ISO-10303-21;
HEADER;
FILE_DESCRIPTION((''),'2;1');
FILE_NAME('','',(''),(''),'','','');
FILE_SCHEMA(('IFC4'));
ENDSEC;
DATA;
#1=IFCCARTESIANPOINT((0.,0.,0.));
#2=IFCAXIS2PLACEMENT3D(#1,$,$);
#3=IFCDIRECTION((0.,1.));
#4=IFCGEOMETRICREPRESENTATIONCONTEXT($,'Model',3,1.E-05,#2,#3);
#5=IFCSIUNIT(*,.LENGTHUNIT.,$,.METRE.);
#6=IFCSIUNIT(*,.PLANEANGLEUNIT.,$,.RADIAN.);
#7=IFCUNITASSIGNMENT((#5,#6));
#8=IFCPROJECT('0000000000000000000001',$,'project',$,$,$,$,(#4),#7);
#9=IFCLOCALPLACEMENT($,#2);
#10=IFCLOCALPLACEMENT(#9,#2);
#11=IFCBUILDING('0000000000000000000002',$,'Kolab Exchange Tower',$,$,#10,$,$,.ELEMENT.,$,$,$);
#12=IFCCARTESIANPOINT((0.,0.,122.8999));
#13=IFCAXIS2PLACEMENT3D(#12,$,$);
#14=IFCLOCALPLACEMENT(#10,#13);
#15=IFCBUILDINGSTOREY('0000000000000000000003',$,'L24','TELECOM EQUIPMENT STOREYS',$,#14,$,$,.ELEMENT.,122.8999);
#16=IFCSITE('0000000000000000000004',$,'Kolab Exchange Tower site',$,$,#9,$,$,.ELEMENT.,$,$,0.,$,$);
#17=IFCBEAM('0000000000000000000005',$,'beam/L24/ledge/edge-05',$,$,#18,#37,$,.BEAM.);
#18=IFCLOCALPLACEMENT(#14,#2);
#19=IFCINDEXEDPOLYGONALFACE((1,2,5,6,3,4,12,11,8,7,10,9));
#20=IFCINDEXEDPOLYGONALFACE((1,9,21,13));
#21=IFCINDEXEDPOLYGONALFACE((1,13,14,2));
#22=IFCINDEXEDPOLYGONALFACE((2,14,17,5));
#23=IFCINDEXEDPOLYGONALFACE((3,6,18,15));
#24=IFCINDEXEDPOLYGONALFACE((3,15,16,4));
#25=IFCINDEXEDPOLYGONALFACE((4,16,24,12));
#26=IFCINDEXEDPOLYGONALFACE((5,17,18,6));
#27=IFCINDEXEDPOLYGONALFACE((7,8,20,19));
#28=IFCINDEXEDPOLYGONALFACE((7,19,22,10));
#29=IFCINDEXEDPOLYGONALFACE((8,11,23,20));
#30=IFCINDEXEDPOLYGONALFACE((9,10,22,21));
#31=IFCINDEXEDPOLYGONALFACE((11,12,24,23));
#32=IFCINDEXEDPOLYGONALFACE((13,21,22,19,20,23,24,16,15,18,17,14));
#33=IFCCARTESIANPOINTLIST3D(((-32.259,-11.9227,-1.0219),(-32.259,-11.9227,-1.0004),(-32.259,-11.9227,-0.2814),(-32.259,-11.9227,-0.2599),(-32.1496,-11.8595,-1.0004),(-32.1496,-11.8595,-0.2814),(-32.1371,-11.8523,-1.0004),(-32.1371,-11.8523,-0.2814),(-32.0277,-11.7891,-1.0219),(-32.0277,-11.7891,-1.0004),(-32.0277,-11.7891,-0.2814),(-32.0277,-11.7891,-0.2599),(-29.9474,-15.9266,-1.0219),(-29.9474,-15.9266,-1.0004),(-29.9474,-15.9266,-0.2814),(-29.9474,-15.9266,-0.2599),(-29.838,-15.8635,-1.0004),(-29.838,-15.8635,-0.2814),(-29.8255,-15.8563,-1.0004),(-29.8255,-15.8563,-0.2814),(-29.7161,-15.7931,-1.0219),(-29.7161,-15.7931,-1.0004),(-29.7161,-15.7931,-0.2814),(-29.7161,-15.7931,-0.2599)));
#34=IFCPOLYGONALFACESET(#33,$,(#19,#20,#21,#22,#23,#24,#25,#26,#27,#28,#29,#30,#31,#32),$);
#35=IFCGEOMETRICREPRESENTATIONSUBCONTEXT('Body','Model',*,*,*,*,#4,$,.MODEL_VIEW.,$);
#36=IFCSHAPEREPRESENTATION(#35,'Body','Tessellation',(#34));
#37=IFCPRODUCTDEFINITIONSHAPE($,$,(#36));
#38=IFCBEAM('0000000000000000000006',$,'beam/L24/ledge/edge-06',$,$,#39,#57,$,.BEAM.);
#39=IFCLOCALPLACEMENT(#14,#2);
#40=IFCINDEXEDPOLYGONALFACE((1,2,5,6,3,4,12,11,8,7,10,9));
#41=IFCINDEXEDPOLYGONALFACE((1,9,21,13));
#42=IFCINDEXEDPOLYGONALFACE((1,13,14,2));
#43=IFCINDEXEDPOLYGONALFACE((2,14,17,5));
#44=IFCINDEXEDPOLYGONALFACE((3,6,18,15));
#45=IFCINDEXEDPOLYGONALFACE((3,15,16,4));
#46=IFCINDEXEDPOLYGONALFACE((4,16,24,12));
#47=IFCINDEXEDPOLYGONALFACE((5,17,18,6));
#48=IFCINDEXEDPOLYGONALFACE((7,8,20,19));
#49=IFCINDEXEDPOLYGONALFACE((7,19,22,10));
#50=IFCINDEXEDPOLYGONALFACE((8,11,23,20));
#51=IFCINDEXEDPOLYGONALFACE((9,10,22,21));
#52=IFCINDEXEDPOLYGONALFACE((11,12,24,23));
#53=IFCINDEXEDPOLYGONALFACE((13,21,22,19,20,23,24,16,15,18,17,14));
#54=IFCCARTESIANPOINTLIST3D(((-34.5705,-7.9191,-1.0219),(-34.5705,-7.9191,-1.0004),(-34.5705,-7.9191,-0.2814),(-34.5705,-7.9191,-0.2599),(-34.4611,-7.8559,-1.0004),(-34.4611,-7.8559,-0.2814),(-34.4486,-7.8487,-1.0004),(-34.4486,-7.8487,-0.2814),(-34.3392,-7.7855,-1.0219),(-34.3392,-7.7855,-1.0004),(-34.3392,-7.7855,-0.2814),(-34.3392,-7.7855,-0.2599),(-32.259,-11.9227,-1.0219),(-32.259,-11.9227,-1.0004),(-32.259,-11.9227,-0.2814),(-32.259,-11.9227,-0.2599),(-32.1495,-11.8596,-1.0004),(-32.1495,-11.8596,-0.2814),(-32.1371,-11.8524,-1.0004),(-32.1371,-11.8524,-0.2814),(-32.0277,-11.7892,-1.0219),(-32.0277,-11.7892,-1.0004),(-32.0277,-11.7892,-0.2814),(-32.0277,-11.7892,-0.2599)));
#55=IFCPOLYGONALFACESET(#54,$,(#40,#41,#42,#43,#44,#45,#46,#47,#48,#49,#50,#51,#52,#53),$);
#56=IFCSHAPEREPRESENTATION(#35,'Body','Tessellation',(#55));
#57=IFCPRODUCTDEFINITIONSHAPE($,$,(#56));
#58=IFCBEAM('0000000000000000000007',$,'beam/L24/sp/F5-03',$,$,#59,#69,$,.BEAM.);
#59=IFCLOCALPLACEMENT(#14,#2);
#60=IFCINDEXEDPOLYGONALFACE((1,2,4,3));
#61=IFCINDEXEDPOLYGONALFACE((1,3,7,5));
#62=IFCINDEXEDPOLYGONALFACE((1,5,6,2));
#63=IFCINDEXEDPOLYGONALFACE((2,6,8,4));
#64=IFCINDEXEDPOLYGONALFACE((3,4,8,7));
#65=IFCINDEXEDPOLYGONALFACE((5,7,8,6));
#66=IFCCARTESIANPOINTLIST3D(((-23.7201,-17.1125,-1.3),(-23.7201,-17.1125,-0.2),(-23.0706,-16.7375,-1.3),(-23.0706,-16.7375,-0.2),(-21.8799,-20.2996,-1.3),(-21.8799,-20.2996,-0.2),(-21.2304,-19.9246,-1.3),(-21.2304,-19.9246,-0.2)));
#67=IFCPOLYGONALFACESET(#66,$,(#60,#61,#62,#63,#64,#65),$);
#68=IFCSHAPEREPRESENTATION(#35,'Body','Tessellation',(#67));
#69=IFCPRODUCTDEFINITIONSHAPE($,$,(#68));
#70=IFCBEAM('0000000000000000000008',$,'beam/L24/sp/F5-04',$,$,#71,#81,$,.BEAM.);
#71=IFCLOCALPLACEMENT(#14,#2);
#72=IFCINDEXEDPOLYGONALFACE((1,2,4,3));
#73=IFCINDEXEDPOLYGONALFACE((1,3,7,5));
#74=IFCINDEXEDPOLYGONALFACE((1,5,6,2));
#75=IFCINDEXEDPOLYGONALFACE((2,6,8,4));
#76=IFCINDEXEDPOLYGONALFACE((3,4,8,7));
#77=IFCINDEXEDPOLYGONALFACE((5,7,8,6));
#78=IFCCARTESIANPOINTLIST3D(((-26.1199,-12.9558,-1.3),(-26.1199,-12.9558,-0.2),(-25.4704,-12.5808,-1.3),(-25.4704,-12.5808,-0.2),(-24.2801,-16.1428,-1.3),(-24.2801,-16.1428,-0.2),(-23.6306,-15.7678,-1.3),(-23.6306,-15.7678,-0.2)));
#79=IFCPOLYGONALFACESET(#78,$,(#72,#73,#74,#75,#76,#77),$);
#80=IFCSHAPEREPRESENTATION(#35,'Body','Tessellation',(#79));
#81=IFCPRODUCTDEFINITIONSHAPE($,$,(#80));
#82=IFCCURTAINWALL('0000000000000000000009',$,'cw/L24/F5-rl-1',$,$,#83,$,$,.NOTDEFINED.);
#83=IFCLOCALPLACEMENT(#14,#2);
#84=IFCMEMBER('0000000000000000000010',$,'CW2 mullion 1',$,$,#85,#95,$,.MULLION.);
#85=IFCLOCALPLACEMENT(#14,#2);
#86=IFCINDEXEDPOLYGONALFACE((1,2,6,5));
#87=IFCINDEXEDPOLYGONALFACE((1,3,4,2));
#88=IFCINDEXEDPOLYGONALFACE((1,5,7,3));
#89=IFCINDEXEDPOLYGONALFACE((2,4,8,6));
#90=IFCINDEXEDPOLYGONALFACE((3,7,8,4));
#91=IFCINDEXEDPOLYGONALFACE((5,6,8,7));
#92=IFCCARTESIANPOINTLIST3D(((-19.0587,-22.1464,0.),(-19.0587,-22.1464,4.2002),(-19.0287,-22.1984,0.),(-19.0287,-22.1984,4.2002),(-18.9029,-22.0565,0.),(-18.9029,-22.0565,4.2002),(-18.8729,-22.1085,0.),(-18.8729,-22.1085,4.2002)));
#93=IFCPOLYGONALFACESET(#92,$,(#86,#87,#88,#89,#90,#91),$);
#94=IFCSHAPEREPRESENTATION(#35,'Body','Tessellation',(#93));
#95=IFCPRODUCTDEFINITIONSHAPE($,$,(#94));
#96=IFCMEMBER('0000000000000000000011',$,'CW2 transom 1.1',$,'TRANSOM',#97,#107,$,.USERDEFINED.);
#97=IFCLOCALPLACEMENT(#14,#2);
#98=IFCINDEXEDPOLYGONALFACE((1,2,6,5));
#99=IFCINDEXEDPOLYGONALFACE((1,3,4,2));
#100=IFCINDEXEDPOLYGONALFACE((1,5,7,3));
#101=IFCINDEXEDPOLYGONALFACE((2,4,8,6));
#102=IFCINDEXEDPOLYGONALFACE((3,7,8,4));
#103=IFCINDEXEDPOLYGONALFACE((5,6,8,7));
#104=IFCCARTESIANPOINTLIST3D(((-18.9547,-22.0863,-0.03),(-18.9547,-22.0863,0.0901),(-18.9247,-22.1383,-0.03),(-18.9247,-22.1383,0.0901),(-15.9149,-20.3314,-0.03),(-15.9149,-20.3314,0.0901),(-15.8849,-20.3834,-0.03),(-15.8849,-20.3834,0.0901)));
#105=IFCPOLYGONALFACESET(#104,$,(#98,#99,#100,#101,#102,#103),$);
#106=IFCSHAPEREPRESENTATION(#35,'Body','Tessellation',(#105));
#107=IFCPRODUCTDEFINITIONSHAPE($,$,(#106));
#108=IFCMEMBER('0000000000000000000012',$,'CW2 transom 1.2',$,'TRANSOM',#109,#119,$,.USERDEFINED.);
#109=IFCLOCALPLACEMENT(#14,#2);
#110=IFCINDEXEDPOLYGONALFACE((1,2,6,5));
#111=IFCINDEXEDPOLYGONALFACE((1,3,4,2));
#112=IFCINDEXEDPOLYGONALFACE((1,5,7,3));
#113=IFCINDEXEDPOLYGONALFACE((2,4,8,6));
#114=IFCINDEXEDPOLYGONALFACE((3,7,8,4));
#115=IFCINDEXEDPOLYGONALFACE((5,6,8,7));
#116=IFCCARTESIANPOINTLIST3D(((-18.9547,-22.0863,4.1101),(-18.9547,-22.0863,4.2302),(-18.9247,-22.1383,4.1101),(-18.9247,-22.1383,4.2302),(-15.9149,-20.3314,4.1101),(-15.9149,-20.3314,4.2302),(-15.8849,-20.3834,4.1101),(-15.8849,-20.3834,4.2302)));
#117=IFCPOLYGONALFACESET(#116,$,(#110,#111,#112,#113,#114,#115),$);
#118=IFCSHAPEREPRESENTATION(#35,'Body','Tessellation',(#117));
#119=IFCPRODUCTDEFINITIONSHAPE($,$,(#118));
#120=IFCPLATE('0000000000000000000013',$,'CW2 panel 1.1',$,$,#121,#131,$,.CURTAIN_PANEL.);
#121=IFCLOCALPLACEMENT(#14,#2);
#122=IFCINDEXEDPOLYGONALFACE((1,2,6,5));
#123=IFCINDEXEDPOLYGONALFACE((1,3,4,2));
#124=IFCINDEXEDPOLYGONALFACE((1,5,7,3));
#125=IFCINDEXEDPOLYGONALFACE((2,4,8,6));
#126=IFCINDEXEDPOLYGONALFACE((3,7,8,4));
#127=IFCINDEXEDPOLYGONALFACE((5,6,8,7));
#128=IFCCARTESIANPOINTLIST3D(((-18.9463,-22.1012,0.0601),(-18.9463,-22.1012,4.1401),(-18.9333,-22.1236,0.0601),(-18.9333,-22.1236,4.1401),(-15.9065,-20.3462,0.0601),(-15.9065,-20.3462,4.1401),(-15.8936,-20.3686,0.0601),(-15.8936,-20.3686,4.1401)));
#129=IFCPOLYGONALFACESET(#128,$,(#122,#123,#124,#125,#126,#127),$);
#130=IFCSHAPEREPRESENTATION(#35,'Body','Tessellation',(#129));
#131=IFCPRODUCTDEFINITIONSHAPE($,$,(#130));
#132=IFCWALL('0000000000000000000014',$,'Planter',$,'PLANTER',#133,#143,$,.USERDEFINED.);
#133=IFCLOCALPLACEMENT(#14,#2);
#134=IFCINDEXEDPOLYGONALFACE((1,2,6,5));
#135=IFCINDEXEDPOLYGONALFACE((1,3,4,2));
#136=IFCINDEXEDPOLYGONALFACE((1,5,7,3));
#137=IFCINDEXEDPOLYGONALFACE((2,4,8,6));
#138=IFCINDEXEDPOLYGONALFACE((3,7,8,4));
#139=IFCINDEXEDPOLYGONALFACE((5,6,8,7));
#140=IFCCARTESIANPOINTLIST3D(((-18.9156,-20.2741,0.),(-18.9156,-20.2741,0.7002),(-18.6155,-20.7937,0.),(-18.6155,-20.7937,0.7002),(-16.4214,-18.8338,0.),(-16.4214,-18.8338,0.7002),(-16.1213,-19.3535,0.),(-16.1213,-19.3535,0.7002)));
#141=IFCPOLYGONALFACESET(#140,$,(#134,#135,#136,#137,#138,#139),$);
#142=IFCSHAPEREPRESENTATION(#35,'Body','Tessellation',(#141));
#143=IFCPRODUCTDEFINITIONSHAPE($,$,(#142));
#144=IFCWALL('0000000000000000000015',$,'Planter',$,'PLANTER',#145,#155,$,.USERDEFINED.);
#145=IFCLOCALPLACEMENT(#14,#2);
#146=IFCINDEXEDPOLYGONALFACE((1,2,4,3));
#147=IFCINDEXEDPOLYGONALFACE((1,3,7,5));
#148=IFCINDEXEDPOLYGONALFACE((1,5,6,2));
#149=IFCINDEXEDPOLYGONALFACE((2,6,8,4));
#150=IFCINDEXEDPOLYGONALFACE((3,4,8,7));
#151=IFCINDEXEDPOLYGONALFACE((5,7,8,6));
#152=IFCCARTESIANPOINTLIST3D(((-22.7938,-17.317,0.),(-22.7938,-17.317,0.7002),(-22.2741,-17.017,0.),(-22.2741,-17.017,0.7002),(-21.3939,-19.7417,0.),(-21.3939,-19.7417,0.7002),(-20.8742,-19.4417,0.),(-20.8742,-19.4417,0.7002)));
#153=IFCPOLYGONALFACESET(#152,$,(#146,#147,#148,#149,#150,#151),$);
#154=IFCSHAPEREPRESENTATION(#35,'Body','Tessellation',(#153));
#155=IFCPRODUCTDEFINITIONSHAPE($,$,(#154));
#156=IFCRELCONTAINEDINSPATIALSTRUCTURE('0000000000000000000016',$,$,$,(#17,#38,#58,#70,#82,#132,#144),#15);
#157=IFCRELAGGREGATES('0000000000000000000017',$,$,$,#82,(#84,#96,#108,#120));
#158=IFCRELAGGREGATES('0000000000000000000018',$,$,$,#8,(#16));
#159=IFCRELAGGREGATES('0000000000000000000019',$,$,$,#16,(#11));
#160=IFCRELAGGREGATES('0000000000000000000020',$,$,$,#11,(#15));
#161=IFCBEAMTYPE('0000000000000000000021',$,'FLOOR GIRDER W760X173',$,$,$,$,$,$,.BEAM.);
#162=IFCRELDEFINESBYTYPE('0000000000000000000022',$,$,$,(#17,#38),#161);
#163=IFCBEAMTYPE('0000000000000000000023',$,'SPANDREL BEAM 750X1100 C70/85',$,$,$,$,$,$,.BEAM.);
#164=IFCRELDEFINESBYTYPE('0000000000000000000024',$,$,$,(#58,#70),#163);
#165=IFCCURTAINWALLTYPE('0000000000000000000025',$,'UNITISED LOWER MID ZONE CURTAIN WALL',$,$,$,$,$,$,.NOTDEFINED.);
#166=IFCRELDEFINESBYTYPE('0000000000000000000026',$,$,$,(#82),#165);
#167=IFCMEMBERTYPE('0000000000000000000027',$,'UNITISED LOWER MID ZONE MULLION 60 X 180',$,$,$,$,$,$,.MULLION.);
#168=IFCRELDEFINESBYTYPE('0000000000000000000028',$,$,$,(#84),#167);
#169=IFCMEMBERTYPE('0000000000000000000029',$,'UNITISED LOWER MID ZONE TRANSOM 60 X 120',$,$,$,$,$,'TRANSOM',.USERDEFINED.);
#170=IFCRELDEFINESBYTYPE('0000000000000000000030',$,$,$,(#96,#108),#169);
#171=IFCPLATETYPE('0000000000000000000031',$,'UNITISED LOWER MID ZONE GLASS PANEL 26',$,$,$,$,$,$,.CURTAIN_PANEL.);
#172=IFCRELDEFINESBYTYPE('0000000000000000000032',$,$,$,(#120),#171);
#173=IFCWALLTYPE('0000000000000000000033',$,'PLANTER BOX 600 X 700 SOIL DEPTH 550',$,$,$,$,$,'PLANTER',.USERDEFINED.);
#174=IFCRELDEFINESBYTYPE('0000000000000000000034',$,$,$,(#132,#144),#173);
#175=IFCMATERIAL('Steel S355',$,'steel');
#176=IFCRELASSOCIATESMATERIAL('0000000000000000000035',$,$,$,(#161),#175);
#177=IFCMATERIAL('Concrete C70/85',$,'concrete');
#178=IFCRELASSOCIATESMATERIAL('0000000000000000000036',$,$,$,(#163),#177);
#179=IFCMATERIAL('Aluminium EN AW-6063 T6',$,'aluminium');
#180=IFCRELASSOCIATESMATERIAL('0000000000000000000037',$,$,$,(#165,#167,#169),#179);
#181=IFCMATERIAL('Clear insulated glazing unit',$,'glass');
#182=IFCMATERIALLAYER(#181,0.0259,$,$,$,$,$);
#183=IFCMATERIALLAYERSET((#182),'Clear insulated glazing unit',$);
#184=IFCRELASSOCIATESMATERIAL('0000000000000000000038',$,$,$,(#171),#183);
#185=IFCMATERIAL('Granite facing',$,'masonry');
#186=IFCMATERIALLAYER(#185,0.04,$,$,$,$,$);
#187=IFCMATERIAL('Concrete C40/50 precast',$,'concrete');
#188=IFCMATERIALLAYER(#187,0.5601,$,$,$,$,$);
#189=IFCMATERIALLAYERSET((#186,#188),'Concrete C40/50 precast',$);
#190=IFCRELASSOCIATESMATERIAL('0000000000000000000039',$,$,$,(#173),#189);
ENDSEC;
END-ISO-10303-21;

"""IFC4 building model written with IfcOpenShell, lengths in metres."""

from ifc_helpers import new_model, si_unit, direction, frame, frame_2d, origin, origin_2d, place, context, subcontext, project, spatial, rectangle, i_section, extrude, material, layer, layer_set, material_profile, profile_set, type_object, element, aggregate, save


model = new_model("IFC4")

# Units and contexts
model_context = context("Model", 3, precision=1e-05, world=origin(), true_north=direction((0.0, 1.0)))
body_context = subcontext(model_context, "Body", "Model", "MODEL_VIEW")
ifc_project = project(units=[si_unit("LENGTHUNIT", "METRE"), si_unit("PLANEANGLEUNIT", "RADIAN")], contexts=[model_context])

# Site, building, storey
site_placement = place(None, origin())
site = spatial("IfcSite", under=ifc_project, at=site_placement, Name="Kolab Exchange Tower site", CompositionType="ELEMENT", RefElevation=0.0)
building_placement = place(site_placement, origin())
building = spatial("IfcBuilding", under=site, at=building_placement, Name="Kolab Exchange Tower", CompositionType="ELEMENT")
storey_placement = place(building_placement, frame((0.0, 0.0, 122.8999)))
storey = spatial("IfcBuildingStorey", under=building, at=storey_placement, Name="L24", Description="TELECOM EQUIPMENT STOREYS", CompositionType="ELEMENT", Elevation=122.8999)

# Shared definitions
ifc_material_1 = material(Name="Concrete C70/85", Category="concrete")

# Beams
ifc_material_2 = material(Name="Steel S355", Category="steel")
ifc_material_profile_1 = material_profile(ifc_material_2, i_section(OverallWidth=0.2671, OverallDepth=0.762, WebThickness=0.0144, FlangeThickness=0.0215, at=origin_2d()), Name="W760X173")
ifc_profile_set_1 = profile_set([ifc_material_profile_1], Name="Steel S355")
beam_type_1 = type_object("IfcBeamType", Name="FLOOR GIRDER W760X173", PredefinedType="BEAM", material=ifc_profile_set_1)
beam_1_placement = place(storey_placement, frame((-29.8318, -15.8599, -0.6409), z_axis=(-0.499978, 0.866038, 0.0), x_axis=(-0.866038, -0.499978, 0.0)))
element("IfcBeam", 1, at=beam_1_placement, inside=storey, type_object=beam_type_1, Name="beam/L24/ledge/edge-05", PredefinedType="BEAM", context=body_context, shape_type="SweptSolid", body=[
    extrude(i_section(OverallWidth=0.2671, OverallDepth=0.762, WebThickness=0.0144, FlangeThickness=0.0215, at=origin_2d()), origin(), (0.0, 0.0, 1.0), 4.6233),
])
beam_2_placement = place(storey_placement, frame((-32.1433, -11.856, -0.6409), z_axis=(-0.500001, 0.866025, 0.0), x_axis=(-0.866025, -0.500001, 0.0)))
element("IfcBeam", 2, at=beam_2_placement, inside=storey, type_object=beam_type_1, Name="beam/L24/ledge/edge-06", PredefinedType="BEAM", context=body_context, shape_type="SweptSolid", body=[
    extrude(i_section(OverallWidth=0.2671, OverallDepth=0.762, WebThickness=0.0144, FlangeThickness=0.0215, at=origin_2d()), origin(), (0.0, 0.0, 1.0), 4.623),
])
ifc_material_profile_2 = material_profile(ifc_material_1, rectangle(XDim=0.75, YDim=1.1001, at=origin_2d()), Name="RC750X1100")
ifc_profile_set_2 = profile_set([ifc_material_profile_2], Name="Concrete C70/85")
beam_type_2 = type_object("IfcBeamType", Name="SPANDREL BEAM 750X1100 C70/85", PredefinedType="BEAM", material=ifc_profile_set_2)
beam_3_placement = place(storey_placement, frame((-21.5552, -20.1121, -0.75), z_axis=(-0.500013, 0.866018, 0.0), x_axis=(-0.866018, -0.500013, 0.0)))
element("IfcBeam", 3, at=beam_3_placement, inside=storey, type_object=beam_type_2, Name="beam/L24/sp/F5-03", PredefinedType="BEAM", context=body_context, shape_type="SweptSolid", body=[
    extrude(rectangle(XDim=0.75, YDim=1.1001, at=origin_2d()), origin(), (0.0, 0.0, 1.0), 3.6802),
])
beam_4_placement = place(storey_placement, frame((-23.9553, -15.9553, -0.75), z_axis=(-0.499964, 0.866046, 0.0), x_axis=(-0.866046, -0.499964, 0.0)))
element("IfcBeam", 4, at=beam_4_placement, inside=storey, type_object=beam_type_2, Name="beam/L24/sp/F5-04", PredefinedType="BEAM", context=body_context, shape_type="SweptSolid", body=[
    extrude(rectangle(XDim=0.75, YDim=1.1001, at=origin_2d()), origin(), (0.0, 0.0, 1.0), 3.6799),
])

# Curtain wall, members, plate
ifc_material_3 = material(Name="Aluminium EN AW-6063 T6", Category="aluminium")
curtain_wall_type = type_object("IfcCurtainWallType", Name="UNITISED LOWER MID ZONE CURTAIN WALL", PredefinedType="NOTDEFINED", material=ifc_material_3)
curtain_wall_placement = place(storey_placement, origin())
curtain_wall = element("IfcCurtainWall", 5, at=curtain_wall_placement, inside=storey, type_object=curtain_wall_type, Name="cw/L24/F5-rl-1", PredefinedType="NOTDEFINED")
ifc_material_profile_3 = material_profile(ifc_material_3, rectangle(XDim=0.0601, YDim=0.1799, at=origin_2d()), Name="RECT 60X180")
ifc_profile_set_3 = profile_set([ifc_material_profile_3], Name="Aluminium EN AW-6063 T6")
member_type_1 = type_object("IfcMemberType", Name="UNITISED LOWER MID ZONE MULLION 60 X 180", PredefinedType="MULLION", material=ifc_profile_set_3)
member_1_placement = place(storey_placement, frame((-18.9658, -22.1274, 0.0), z_axis=(0.0, 0.0, 1.0), x_axis=(-0.5, 0.866025, 0.0)))
member_1 = element("IfcMember", 6, at=member_1_placement, type_object=member_type_1, Name="CW2 mullion 1", PredefinedType="MULLION", context=body_context, shape_type="SweptSolid", body=[
    extrude(rectangle(XDim=0.0601, YDim=0.1799, at=origin_2d()), origin(), (0.0, 0.0, 1.0), 4.2002),
])
ifc_material_profile_4 = material_profile(ifc_material_3, rectangle(XDim=0.0601, YDim=0.1201, at=origin_2d()), Name="RECT 60X120")
ifc_profile_set_4 = profile_set([ifc_material_profile_4], Name="Aluminium EN AW-6063 T6")
member_type_2 = type_object("IfcMemberType", Name="UNITISED LOWER MID ZONE TRANSOM 60 X 120", ElementType="TRANSOM", PredefinedType="USERDEFINED", material=ifc_profile_set_4)
member_2_placement = place(storey_placement, frame((-18.9397, -22.1123, 0.03), z_axis=(0.866043, 0.499969, 0.0), x_axis=(-0.499969, 0.866043, 0.0)))
member_2 = element("IfcMember", 7, at=member_2_placement, type_object=member_type_2, Name="CW2 transom 1.1", ObjectType="TRANSOM", PredefinedType="USERDEFINED", context=body_context, shape_type="SweptSolid", body=[
    extrude(rectangle(XDim=0.0601, YDim=0.1201, at=origin_2d()), origin(), (0.0, 0.0, 1.0), 3.51),
])
member_3_placement = place(storey_placement, frame((-18.9397, -22.1123, 4.1702), z_axis=(0.866043, 0.499969, 0.0), x_axis=(-0.499969, 0.866043, 0.0)))
member_3 = element("IfcMember", 8, at=member_3_placement, type_object=member_type_2, Name="CW2 transom 1.2", ObjectType="TRANSOM", PredefinedType="USERDEFINED", context=body_context, shape_type="SweptSolid", body=[
    extrude(rectangle(XDim=0.0601, YDim=0.1201, at=origin_2d()), origin(), (0.0, 0.0, 1.0), 3.51),
])
ifc_material_4 = material(Name="Clear insulated glazing unit", Category="glass")
ifc_layer_1 = layer(ifc_material_4, 0.0259)
ifc_layer_set_1 = layer_set([ifc_layer_1], Name="Clear insulated glazing unit")
plate_type = type_object("IfcPlateType", Name="UNITISED LOWER MID ZONE GLASS PANEL 26", PredefinedType="CURTAIN_PANEL", material=ifc_layer_set_1)
plate_placement = place(storey_placement, frame((-17.4199, -21.2349, 0.0601), z_axis=(0.0, 0.0, 1.0), x_axis=(0.866025, 0.5, 0.0)))
plate = element("IfcPlate", 9, at=plate_placement, type_object=plate_type, Name="CW2 panel 1.1", PredefinedType="CURTAIN_PANEL", context=body_context, shape_type="SweptSolid", body=[
    extrude(rectangle(XDim=3.51, YDim=0.0259, at=origin_2d()), origin(), (0.0, 0.0, 1.0), 4.0801),
])
aggregate(curtain_wall, [member_1, member_2, member_3, plate])

# Walls
ifc_material_5 = material(Name="Granite facing", Category="masonry")
ifc_layer_2 = layer(ifc_material_5, 0.04)
ifc_material_6 = material(Name="Concrete C40/50 precast", Category="concrete")
ifc_layer_3 = layer(ifc_material_6, 0.5601)
ifc_layer_set_2 = layer_set([ifc_layer_2, ifc_layer_3], Name="Concrete C40/50 precast")
wall_type = type_object("IfcWallType", Name="PLANTER BOX 600 X 700 SOIL DEPTH 550", ElementType="PLANTER", PredefinedType="USERDEFINED", material=ifc_layer_set_2)
wall_1_placement = place(storey_placement, frame((-16.2715, -19.0938, 0.0), z_axis=(0.0, 0.0, 1.0), x_axis=(-0.865996, -0.50005, 0.0)))
element("IfcWall", 10, at=wall_1_placement, inside=storey, type_object=wall_type, Name="Planter", ObjectType="PLANTER", PredefinedType="USERDEFINED", context=body_context, shape_type="SweptSolid", body=[
    extrude(rectangle(XDim=2.8801, YDim=0.6001, at=frame_2d((1.4399, 0.0))), origin(), (0.0, 0.0, 1.0), 0.7002),
])
wall_2_placement = place(storey_placement, frame((-22.5339, -17.167, 0.0), z_axis=(0.0, 0.0, 1.0), x_axis=(0.499984, -0.866035, 0.0)))
element("IfcWall", 11, at=wall_2_placement, inside=storey, type_object=wall_type, Name="Planter", ObjectType="PLANTER", PredefinedType="USERDEFINED", context=body_context, shape_type="SweptSolid", body=[
    extrude(rectangle(XDim=2.7998, YDim=0.6001, at=frame_2d((1.3999, 0.0))), origin(), (0.0, 0.0, 1.0), 0.7002),
])

save(model, "model.ifc")
